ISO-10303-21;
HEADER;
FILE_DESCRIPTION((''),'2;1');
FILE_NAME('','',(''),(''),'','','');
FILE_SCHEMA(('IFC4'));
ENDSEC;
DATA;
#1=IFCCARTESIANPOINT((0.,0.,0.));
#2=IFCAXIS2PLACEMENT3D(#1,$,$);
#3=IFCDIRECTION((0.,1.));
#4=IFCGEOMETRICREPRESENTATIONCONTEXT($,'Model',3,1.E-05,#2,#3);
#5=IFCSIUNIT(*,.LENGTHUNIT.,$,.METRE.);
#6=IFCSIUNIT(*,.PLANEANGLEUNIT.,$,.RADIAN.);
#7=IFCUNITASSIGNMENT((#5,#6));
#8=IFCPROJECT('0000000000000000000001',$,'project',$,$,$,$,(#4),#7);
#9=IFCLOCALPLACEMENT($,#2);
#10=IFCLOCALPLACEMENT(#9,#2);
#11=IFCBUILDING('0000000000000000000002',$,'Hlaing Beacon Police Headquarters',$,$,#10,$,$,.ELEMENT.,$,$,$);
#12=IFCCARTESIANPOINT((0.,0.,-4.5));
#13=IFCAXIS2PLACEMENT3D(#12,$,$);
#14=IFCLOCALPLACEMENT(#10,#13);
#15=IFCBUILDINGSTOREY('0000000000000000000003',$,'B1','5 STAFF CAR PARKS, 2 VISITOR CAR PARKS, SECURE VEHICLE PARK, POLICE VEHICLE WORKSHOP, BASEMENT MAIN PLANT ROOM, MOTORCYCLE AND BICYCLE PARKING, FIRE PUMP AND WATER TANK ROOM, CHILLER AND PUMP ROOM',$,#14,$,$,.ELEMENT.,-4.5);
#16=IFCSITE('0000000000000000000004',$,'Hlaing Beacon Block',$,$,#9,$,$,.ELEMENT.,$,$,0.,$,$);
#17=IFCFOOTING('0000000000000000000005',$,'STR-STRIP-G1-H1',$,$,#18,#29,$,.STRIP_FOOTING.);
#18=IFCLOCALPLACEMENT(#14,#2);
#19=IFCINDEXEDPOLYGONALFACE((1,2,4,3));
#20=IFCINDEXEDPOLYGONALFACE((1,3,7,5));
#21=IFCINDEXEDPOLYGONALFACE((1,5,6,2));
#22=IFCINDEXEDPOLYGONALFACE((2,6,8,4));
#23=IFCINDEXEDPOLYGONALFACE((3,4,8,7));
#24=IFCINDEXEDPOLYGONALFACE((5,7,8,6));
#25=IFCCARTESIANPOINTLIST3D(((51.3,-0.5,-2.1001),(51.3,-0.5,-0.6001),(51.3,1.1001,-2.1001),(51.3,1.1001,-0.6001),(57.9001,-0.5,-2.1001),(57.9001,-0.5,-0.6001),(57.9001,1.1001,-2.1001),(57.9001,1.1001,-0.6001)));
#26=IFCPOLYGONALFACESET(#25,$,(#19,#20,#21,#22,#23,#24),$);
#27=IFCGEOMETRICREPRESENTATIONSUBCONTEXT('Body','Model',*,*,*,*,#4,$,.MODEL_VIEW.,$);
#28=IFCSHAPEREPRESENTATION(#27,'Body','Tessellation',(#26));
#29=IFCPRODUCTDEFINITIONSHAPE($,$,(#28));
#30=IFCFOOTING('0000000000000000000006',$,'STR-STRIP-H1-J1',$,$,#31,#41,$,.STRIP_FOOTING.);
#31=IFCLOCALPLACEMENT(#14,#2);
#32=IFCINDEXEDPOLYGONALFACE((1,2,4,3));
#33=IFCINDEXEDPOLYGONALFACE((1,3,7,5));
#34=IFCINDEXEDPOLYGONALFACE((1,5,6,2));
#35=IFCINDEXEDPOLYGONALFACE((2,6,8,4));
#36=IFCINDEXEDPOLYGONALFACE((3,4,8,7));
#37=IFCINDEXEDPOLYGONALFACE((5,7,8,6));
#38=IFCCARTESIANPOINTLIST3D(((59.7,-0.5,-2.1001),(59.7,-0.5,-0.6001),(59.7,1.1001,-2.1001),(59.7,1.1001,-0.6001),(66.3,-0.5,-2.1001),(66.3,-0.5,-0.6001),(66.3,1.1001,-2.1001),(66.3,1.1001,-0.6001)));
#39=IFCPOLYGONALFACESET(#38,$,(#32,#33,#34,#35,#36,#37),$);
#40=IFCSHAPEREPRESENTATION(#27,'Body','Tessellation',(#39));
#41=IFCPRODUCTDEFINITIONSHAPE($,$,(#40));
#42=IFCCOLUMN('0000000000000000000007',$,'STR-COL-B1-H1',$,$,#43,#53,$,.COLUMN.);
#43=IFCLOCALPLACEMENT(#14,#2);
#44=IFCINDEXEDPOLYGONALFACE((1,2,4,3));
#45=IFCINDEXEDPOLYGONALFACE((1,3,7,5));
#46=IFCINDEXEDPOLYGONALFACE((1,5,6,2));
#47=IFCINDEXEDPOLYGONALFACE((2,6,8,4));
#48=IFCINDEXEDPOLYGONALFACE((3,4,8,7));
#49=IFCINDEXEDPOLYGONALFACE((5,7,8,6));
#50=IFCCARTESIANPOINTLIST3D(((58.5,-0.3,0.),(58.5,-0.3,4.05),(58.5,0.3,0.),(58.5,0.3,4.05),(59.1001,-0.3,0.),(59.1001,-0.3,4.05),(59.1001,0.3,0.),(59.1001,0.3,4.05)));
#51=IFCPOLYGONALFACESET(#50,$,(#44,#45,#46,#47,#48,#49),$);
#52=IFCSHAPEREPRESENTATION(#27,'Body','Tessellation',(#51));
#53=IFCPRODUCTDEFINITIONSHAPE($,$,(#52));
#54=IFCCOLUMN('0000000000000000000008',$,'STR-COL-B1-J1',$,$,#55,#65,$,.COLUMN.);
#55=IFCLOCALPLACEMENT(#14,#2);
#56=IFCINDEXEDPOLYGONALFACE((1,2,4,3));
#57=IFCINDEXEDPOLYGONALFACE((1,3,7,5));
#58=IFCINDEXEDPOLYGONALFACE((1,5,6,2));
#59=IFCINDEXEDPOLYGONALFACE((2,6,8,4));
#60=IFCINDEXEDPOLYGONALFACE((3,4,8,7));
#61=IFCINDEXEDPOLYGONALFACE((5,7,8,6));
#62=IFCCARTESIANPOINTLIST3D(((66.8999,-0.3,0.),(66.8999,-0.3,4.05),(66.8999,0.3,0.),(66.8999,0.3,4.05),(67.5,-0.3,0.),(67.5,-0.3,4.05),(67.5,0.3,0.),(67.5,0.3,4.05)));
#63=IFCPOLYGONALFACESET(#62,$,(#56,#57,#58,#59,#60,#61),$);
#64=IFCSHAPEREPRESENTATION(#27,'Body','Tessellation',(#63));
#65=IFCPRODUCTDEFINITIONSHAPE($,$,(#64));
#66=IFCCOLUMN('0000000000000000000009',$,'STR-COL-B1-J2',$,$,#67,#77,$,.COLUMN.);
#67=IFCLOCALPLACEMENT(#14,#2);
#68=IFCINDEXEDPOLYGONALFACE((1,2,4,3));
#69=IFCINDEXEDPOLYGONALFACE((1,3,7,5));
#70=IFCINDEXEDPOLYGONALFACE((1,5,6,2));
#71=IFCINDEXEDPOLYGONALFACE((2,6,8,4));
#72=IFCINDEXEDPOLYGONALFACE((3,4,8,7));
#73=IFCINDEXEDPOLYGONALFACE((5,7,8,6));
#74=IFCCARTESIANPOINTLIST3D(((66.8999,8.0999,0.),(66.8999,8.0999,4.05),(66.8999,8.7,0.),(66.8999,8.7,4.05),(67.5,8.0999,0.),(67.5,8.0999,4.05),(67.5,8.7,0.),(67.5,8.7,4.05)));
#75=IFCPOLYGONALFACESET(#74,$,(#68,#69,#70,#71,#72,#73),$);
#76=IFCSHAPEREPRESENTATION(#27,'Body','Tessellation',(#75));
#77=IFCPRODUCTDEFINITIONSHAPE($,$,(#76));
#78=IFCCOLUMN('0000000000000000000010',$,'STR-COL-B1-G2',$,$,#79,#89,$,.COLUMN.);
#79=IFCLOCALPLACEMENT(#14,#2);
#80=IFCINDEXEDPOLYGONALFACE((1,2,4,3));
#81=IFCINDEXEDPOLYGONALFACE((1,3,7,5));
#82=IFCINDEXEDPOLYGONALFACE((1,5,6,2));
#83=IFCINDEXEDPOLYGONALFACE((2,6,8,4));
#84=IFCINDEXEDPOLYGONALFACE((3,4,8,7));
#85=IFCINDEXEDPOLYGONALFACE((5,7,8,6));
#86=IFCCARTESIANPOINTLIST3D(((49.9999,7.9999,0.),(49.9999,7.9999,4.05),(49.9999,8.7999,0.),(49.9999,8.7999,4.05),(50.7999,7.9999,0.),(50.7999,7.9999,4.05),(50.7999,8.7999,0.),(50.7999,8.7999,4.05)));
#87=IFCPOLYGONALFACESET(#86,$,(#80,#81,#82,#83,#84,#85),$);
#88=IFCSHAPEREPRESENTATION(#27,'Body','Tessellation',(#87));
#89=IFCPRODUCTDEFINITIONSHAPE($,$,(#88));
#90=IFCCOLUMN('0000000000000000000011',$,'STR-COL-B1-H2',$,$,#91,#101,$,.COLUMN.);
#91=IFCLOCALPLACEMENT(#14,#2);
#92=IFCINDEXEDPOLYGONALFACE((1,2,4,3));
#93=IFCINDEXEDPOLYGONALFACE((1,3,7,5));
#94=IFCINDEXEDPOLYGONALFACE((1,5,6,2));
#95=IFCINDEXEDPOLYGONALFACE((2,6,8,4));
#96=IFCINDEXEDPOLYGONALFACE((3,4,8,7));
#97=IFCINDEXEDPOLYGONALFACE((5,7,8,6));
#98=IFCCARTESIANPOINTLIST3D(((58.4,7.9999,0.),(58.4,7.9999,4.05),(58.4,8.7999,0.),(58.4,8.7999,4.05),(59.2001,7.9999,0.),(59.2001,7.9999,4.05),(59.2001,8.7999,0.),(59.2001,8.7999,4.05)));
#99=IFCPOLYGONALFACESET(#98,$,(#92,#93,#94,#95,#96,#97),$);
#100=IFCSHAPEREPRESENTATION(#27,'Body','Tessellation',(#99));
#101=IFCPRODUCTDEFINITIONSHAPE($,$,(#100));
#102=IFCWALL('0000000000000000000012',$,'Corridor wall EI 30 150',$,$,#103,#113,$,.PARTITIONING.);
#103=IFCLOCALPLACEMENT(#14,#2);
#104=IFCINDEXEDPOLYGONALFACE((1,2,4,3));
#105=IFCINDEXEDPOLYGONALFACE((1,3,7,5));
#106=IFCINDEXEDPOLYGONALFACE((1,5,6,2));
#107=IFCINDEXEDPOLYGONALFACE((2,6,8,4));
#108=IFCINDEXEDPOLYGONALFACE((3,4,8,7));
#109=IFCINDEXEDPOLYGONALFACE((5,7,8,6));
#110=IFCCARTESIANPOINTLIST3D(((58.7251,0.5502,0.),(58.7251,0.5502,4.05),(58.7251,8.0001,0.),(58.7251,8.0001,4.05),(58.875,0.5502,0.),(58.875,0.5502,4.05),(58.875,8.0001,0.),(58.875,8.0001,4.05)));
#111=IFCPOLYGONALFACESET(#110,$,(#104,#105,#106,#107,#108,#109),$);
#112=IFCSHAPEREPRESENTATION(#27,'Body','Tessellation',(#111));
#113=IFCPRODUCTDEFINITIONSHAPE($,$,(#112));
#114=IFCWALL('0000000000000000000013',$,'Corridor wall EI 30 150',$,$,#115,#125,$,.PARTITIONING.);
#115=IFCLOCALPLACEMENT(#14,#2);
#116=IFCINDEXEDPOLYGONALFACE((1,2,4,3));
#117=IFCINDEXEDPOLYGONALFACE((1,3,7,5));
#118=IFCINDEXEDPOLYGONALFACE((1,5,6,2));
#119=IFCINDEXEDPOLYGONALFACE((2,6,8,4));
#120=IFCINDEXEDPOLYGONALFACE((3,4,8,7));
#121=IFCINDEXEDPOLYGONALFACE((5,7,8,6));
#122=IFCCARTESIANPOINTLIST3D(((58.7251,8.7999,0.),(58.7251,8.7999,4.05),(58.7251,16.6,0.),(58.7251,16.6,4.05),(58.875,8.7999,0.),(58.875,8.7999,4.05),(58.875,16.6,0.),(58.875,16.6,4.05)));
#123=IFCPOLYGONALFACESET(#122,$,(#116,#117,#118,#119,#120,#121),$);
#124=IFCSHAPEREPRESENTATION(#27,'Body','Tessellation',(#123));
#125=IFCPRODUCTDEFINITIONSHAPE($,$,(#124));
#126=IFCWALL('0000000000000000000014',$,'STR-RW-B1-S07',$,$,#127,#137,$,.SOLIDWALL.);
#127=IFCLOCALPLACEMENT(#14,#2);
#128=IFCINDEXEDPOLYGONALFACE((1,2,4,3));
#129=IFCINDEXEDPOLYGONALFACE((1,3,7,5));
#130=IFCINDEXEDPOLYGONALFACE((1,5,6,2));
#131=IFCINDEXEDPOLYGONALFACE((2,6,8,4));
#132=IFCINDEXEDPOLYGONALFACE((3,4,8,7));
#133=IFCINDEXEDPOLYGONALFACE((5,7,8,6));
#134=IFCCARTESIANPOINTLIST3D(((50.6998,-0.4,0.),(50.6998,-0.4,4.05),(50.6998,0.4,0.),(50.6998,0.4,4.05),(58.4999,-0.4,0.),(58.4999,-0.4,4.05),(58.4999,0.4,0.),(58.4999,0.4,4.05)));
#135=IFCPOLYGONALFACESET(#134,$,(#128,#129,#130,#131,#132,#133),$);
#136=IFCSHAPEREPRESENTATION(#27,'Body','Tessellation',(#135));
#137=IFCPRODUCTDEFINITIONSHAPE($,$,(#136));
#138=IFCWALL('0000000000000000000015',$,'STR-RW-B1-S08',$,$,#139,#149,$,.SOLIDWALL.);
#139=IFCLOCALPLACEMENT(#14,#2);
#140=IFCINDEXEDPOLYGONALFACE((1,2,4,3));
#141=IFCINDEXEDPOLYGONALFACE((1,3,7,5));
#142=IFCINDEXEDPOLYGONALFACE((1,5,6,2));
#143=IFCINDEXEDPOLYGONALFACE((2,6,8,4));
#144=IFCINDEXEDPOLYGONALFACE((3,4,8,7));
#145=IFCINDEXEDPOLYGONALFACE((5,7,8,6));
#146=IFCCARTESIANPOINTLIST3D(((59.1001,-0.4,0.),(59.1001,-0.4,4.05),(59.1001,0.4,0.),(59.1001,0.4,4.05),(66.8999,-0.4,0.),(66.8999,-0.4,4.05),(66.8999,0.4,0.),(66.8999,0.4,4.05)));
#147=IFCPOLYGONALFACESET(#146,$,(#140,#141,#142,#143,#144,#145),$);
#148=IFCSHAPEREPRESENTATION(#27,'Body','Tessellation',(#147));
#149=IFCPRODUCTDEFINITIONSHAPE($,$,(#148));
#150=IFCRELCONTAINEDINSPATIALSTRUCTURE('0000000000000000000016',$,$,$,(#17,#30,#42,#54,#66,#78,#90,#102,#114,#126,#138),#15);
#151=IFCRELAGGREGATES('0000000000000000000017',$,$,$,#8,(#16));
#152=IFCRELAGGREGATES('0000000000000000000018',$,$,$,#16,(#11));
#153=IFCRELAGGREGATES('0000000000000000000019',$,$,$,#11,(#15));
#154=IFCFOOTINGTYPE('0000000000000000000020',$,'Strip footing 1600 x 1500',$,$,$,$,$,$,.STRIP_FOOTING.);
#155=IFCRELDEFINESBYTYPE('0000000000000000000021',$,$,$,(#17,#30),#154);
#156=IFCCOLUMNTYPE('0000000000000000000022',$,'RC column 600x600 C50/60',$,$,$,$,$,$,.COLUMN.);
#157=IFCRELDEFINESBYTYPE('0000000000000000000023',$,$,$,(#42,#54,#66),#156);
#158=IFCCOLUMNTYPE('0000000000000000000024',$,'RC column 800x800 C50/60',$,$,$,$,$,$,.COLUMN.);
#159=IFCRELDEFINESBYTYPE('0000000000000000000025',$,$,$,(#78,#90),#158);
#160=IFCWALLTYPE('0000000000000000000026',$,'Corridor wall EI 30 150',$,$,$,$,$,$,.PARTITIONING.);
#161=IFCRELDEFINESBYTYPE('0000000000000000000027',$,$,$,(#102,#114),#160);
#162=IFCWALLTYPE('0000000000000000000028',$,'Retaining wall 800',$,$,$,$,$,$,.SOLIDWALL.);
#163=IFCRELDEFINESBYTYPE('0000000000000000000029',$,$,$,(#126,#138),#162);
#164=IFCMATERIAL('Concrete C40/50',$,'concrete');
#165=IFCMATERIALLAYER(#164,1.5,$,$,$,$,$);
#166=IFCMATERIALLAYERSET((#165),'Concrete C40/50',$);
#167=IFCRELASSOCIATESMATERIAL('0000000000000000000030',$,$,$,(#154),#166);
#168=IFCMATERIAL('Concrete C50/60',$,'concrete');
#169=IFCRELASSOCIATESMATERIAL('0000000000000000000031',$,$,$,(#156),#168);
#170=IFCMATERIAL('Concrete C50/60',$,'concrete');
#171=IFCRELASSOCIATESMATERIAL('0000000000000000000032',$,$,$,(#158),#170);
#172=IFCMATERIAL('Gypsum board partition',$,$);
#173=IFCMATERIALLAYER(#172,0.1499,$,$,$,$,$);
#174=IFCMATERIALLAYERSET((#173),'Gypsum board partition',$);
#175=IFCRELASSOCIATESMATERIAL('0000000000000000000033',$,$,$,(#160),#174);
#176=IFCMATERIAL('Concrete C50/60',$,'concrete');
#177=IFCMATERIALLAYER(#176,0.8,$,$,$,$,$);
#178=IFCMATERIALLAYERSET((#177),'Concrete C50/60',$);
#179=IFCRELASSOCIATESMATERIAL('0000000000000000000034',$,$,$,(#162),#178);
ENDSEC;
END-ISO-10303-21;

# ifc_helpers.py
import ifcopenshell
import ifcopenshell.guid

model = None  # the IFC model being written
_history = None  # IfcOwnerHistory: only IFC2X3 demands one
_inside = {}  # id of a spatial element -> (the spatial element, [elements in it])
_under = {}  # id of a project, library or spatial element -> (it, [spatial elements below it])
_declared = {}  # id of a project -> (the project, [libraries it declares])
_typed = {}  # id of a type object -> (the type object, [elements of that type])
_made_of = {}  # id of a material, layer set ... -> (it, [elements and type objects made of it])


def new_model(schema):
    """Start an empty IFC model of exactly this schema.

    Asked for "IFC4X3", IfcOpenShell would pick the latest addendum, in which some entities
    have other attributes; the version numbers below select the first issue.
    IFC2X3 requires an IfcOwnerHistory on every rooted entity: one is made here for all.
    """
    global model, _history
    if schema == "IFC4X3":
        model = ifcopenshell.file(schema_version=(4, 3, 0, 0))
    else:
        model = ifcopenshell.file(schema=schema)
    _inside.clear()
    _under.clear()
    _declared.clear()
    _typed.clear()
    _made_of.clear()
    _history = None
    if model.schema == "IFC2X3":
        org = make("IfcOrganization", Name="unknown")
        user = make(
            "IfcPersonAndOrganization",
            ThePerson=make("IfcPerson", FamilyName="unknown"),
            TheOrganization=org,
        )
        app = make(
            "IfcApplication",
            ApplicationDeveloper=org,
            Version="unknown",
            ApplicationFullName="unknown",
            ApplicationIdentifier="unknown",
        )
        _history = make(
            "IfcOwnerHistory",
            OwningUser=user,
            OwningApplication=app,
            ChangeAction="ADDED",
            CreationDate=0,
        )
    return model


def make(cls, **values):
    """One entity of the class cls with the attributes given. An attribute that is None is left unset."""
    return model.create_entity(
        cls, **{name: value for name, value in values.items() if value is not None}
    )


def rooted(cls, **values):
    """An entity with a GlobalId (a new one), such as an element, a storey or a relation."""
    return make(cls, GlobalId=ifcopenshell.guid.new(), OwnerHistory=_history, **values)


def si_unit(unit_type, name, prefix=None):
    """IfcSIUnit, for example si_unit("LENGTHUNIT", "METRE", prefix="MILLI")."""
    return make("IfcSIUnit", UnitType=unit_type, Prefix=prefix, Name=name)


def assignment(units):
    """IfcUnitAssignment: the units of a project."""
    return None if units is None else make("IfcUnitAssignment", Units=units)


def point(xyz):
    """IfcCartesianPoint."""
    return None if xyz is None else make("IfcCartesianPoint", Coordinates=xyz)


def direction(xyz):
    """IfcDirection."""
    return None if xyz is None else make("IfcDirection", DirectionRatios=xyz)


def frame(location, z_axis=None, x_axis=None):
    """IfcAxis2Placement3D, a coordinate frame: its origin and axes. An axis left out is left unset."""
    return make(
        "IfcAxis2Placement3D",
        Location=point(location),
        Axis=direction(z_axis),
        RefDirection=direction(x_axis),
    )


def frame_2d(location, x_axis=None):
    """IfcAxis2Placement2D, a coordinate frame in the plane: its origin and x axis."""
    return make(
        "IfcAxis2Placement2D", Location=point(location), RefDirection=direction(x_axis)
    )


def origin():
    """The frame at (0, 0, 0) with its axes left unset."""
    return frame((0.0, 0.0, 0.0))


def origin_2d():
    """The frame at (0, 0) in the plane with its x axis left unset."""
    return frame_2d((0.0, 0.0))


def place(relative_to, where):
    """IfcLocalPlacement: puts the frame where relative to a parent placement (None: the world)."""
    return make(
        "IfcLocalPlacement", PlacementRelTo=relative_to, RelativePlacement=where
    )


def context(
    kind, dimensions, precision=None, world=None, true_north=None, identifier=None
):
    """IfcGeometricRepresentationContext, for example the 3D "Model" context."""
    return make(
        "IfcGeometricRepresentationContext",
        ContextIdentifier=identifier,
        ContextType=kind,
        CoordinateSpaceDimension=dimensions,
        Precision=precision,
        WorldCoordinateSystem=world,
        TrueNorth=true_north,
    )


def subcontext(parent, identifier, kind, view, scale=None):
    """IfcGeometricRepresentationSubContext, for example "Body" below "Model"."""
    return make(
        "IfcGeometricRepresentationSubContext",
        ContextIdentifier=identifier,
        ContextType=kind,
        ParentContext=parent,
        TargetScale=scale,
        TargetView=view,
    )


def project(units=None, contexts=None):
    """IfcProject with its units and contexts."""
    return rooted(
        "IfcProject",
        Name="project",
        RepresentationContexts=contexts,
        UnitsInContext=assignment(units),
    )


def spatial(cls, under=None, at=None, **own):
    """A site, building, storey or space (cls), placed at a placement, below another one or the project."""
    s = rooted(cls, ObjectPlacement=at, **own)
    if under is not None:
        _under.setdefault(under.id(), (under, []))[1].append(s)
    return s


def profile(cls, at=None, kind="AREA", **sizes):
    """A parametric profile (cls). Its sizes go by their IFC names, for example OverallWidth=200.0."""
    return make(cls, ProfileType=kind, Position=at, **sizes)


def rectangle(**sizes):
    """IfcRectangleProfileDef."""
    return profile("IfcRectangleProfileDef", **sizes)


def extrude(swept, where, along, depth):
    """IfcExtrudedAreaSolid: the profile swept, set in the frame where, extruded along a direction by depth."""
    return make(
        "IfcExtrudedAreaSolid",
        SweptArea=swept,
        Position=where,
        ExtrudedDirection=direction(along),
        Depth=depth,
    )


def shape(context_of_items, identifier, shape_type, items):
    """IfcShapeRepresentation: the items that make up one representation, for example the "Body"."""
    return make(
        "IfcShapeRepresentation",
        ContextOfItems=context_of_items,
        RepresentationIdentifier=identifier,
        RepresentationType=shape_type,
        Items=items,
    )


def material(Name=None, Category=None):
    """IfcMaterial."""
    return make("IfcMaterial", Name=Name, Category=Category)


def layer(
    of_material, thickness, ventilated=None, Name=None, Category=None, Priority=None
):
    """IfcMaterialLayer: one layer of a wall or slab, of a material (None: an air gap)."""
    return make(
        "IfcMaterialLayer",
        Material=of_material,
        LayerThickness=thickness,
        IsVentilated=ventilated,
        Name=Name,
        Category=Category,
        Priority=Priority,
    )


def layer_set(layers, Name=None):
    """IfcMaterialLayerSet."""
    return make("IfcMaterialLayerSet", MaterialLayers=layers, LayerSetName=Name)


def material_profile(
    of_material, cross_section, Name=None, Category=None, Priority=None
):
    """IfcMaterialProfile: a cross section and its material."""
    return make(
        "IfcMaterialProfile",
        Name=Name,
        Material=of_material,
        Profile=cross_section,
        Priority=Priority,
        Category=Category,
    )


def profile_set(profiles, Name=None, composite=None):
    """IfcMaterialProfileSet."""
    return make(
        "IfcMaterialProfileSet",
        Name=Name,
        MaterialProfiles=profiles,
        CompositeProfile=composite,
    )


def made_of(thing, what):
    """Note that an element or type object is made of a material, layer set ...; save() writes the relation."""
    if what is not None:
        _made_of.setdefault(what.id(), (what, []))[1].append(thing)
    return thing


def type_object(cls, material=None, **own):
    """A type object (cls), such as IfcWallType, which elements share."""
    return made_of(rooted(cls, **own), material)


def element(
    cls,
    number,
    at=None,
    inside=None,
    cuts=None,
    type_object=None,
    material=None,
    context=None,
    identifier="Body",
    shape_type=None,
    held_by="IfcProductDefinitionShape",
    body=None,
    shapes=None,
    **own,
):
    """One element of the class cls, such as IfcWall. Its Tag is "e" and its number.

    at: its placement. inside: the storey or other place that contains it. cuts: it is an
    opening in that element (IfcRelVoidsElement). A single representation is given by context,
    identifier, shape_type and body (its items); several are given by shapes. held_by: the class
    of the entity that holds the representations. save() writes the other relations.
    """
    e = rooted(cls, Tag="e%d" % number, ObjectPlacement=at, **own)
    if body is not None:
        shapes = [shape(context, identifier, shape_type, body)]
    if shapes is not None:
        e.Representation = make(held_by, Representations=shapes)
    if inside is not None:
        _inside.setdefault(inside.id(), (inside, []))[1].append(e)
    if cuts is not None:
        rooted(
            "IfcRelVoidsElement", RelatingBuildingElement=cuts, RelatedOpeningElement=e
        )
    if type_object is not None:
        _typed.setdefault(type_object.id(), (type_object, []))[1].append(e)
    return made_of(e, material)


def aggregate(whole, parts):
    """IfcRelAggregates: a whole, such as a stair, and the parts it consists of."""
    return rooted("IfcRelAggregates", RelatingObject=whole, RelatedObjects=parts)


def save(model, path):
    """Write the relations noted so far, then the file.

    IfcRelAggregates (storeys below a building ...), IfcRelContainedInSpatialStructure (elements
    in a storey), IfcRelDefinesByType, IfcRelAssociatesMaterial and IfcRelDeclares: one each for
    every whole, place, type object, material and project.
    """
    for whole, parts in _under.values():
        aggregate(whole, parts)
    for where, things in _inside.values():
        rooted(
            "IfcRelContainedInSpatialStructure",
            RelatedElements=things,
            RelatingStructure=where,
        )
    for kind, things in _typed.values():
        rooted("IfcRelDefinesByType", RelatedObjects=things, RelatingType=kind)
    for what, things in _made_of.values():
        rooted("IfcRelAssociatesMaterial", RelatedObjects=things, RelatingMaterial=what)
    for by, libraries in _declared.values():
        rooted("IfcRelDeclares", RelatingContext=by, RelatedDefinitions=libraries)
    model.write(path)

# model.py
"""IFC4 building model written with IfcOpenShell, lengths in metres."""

from ifc_helpers import new_model, si_unit, direction, frame, frame_2d, origin, origin_2d, place, context, subcontext, project, spatial, rectangle, extrude, material, layer, layer_set, material_profile, profile_set, type_object, element, save


model = new_model("IFC4")

# Units and contexts
model_context = context("Model", 3, precision=1e-05, world=origin(), true_north=direction((0.0, 1.0)))
body_context = subcontext(model_context, "Body", "Model", "MODEL_VIEW")
ifc_project = project(units=[si_unit("LENGTHUNIT", "METRE"), si_unit("PLANEANGLEUNIT", "RADIAN")], contexts=[model_context])

# Site, building, storey
site_placement = place(None, origin())
site = spatial("IfcSite", under=ifc_project, at=site_placement, Name="Hlaing Beacon Block", CompositionType="ELEMENT", RefElevation=0.0)
building_placement = place(site_placement, origin())
building = spatial("IfcBuilding", under=site, at=building_placement, Name="Hlaing Beacon Police Headquarters", CompositionType="ELEMENT")
storey_placement = place(building_placement, frame((0.0, 0.0, -4.5)))
storey = spatial("IfcBuildingStorey", under=building, at=storey_placement, Name="B1", Description="5 STAFF CAR PARKS, 2 VISITOR CAR PARKS, SECURE VEHICLE PARK, POLICE VEHICLE WORKSHOP, BASEMENT MAIN PLANT ROOM, MOTORCYCLE AND BICYCLE PARKING, FIRE PUMP AND WATER TANK ROOM, CHILLER AND PUMP ROOM", CompositionType="ELEMENT", Elevation=-4.5)

# Footings
ifc_material_1 = material(Name="Concrete C40/50", Category="concrete")
ifc_layer_1 = layer(ifc_material_1, 1.5)
ifc_layer_set_1 = layer_set([ifc_layer_1], Name="Concrete C40/50")
footing_type_1 = type_object("IfcFootingType", Name="Strip footing 1600 x 1500", PredefinedType="STRIP_FOOTING", material=ifc_layer_set_1)
for number, where, z_axis, x_axis, name in (
    (1, (54.6001, 0.3, -2.1001), (0.0, 0.0, 1.0), (1.0, 0.0, 0.0), "STR-STRIP-G1-H1"),
    (2, (63.0, 0.3, -2.1001), (0.0, 0.0, 1.0), (1.0, 0.0, 0.0), "STR-STRIP-H1-J1"),
):
    element("IfcFooting", number, at=place(storey_placement, frame(where, z_axis=z_axis, x_axis=x_axis)), inside=storey, type_object=footing_type_1, Name=name, PredefinedType="STRIP_FOOTING", context=body_context, shape_type="SweptSolid", body=[
        extrude(rectangle(XDim=6.6001, YDim=1.6001, at=origin_2d()), origin(), (0.0, 0.0, 1.0), 1.5),
    ])

# Columns
ifc_material_2 = material(Name="Concrete C50/60", Category="concrete")
ifc_material_profile_1 = material_profile(ifc_material_2, rectangle(XDim=0.6001, YDim=0.6001, at=origin_2d()), Name="600x600")
ifc_profile_set_1 = profile_set([ifc_material_profile_1], Name="Concrete C50/60")
column_type_1 = type_object("IfcColumnType", Name="RC column 600x600 C50/60", PredefinedType="COLUMN", material=ifc_profile_set_1)
for number, where, z_axis, x_axis, name in (
    (3, (58.8, 0.0, 0.0), (0.0, 0.0, 1.0), (1.0, 0.0, 0.0), "STR-COL-B1-H1"),
    (4, (67.2, 0.0, 0.0), (0.0, 0.0, 1.0), (1.0, 0.0, 0.0), "STR-COL-B1-J1"),
    (5, (67.2, 8.3999, 0.0), (0.0, 0.0, 1.0), (1.0, 0.0, 0.0), "STR-COL-B1-J2"),
):
    element("IfcColumn", number, at=place(storey_placement, frame(where, z_axis=z_axis, x_axis=x_axis)), inside=storey, type_object=column_type_1, Name=name, PredefinedType="COLUMN", context=body_context, shape_type="SweptSolid", body=[
        extrude(rectangle(XDim=0.6001, YDim=0.6001, at=origin_2d()), origin(), (0.0, 0.0, 1.0), 4.05),
    ])
ifc_material_3 = material(Name="Concrete C50/60", Category="concrete")
ifc_material_profile_2 = material_profile(ifc_material_3, rectangle(XDim=0.8, YDim=0.8, at=origin_2d()), Name="800x800")
ifc_profile_set_2 = profile_set([ifc_material_profile_2], Name="Concrete C50/60")
column_type_2 = type_object("IfcColumnType", Name="RC column 800x800 C50/60", PredefinedType="COLUMN", material=ifc_profile_set_2)
for number, where, z_axis, x_axis, name in (
    (6, (50.3999, 8.3999, 0.0), (0.0, 0.0, 1.0), (1.0, 0.0, 0.0), "STR-COL-B1-G2"),
    (7, (58.8, 8.3999, 0.0), (0.0, 0.0, 1.0), (1.0, 0.0, 0.0), "STR-COL-B1-H2"),
):
    element("IfcColumn", number, at=place(storey_placement, frame(where, z_axis=z_axis, x_axis=x_axis)), inside=storey, type_object=column_type_2, Name=name, PredefinedType="COLUMN", context=body_context, shape_type="SweptSolid", body=[
        extrude(rectangle(XDim=0.8, YDim=0.8, at=origin_2d()), origin(), (0.0, 0.0, 1.0), 4.05),
    ])

# Walls
ifc_material_4 = material(Name="Gypsum board partition")
ifc_layer_2 = layer(ifc_material_4, 0.1499)
ifc_layer_set_2 = layer_set([ifc_layer_2], Name="Gypsum board partition")
wall_type_1 = type_object("IfcWallType", Name="Corridor wall EI 30 150", PredefinedType="PARTITIONING", material=ifc_layer_set_2)
wall_1_placement = place(storey_placement, frame((58.8, 0.55, 0.0), z_axis=(0.0, 0.0, 1.0), x_axis=(0.0, 1.0, 0.0)))
element("IfcWall", 8, at=wall_1_placement, inside=storey, type_object=wall_type_1, Name="Corridor wall EI 30 150", PredefinedType="PARTITIONING", context=body_context, shape_type="SweptSolid", body=[
    extrude(rectangle(XDim=7.45, YDim=0.1499, at=frame_2d((3.7251, 0.0))), origin(), (0.0, 0.0, 1.0), 4.05),
])
wall_2_placement = place(storey_placement, frame((58.8, 8.8, 0.0), z_axis=(0.0, 0.0, 1.0), x_axis=(0.0, 1.0, 0.0)))
element("IfcWall", 9, at=wall_2_placement, inside=storey, type_object=wall_type_1, Name="Corridor wall EI 30 150", PredefinedType="PARTITIONING", context=body_context, shape_type="SweptSolid", body=[
    extrude(rectangle(XDim=7.8, YDim=0.1499, at=frame_2d((3.8999, 0.0))), origin(), (0.0, 0.0, 1.0), 4.05),
])
ifc_material_5 = material(Name="Concrete C50/60", Category="concrete")
ifc_layer_3 = layer(ifc_material_5, 0.8)
ifc_layer_set_3 = layer_set([ifc_layer_3], Name="Concrete C50/60")
wall_type_2 = type_object("IfcWallType", Name="Retaining wall 800", PredefinedType="SOLIDWALL", material=ifc_layer_set_3)
wall_3_placement = place(storey_placement, frame((50.7, 0.0, 0.0), z_axis=(0.0, 0.0, 1.0), x_axis=(1.0, 0.0, 0.0)))
element("IfcWall", 10, at=wall_3_placement, inside=storey, type_object=wall_type_2, Name="STR-RW-B1-S07", PredefinedType="SOLIDWALL", context=body_context, shape_type="SweptSolid", body=[
    extrude(rectangle(XDim=7.8, YDim=0.8, at=frame_2d((3.8999, 0.0))), origin(), (0.0, 0.0, 1.0), 4.05),
])
wall_4_placement = place(storey_placement, frame((59.1001, 0.0, 0.0), z_axis=(0.0, 0.0, 1.0), x_axis=(1.0, 0.0, 0.0)))
element("IfcWall", 11, at=wall_4_placement, inside=storey, type_object=wall_type_2, Name="STR-RW-B1-S08", PredefinedType="SOLIDWALL", context=body_context, shape_type="SweptSolid", body=[
    extrude(rectangle(XDim=7.7998, YDim=0.8, at=frame_2d((3.8999, 0.0))), origin(), (0.0, 0.0, 1.0), 4.05),
])

save(model, "model.ifc")
